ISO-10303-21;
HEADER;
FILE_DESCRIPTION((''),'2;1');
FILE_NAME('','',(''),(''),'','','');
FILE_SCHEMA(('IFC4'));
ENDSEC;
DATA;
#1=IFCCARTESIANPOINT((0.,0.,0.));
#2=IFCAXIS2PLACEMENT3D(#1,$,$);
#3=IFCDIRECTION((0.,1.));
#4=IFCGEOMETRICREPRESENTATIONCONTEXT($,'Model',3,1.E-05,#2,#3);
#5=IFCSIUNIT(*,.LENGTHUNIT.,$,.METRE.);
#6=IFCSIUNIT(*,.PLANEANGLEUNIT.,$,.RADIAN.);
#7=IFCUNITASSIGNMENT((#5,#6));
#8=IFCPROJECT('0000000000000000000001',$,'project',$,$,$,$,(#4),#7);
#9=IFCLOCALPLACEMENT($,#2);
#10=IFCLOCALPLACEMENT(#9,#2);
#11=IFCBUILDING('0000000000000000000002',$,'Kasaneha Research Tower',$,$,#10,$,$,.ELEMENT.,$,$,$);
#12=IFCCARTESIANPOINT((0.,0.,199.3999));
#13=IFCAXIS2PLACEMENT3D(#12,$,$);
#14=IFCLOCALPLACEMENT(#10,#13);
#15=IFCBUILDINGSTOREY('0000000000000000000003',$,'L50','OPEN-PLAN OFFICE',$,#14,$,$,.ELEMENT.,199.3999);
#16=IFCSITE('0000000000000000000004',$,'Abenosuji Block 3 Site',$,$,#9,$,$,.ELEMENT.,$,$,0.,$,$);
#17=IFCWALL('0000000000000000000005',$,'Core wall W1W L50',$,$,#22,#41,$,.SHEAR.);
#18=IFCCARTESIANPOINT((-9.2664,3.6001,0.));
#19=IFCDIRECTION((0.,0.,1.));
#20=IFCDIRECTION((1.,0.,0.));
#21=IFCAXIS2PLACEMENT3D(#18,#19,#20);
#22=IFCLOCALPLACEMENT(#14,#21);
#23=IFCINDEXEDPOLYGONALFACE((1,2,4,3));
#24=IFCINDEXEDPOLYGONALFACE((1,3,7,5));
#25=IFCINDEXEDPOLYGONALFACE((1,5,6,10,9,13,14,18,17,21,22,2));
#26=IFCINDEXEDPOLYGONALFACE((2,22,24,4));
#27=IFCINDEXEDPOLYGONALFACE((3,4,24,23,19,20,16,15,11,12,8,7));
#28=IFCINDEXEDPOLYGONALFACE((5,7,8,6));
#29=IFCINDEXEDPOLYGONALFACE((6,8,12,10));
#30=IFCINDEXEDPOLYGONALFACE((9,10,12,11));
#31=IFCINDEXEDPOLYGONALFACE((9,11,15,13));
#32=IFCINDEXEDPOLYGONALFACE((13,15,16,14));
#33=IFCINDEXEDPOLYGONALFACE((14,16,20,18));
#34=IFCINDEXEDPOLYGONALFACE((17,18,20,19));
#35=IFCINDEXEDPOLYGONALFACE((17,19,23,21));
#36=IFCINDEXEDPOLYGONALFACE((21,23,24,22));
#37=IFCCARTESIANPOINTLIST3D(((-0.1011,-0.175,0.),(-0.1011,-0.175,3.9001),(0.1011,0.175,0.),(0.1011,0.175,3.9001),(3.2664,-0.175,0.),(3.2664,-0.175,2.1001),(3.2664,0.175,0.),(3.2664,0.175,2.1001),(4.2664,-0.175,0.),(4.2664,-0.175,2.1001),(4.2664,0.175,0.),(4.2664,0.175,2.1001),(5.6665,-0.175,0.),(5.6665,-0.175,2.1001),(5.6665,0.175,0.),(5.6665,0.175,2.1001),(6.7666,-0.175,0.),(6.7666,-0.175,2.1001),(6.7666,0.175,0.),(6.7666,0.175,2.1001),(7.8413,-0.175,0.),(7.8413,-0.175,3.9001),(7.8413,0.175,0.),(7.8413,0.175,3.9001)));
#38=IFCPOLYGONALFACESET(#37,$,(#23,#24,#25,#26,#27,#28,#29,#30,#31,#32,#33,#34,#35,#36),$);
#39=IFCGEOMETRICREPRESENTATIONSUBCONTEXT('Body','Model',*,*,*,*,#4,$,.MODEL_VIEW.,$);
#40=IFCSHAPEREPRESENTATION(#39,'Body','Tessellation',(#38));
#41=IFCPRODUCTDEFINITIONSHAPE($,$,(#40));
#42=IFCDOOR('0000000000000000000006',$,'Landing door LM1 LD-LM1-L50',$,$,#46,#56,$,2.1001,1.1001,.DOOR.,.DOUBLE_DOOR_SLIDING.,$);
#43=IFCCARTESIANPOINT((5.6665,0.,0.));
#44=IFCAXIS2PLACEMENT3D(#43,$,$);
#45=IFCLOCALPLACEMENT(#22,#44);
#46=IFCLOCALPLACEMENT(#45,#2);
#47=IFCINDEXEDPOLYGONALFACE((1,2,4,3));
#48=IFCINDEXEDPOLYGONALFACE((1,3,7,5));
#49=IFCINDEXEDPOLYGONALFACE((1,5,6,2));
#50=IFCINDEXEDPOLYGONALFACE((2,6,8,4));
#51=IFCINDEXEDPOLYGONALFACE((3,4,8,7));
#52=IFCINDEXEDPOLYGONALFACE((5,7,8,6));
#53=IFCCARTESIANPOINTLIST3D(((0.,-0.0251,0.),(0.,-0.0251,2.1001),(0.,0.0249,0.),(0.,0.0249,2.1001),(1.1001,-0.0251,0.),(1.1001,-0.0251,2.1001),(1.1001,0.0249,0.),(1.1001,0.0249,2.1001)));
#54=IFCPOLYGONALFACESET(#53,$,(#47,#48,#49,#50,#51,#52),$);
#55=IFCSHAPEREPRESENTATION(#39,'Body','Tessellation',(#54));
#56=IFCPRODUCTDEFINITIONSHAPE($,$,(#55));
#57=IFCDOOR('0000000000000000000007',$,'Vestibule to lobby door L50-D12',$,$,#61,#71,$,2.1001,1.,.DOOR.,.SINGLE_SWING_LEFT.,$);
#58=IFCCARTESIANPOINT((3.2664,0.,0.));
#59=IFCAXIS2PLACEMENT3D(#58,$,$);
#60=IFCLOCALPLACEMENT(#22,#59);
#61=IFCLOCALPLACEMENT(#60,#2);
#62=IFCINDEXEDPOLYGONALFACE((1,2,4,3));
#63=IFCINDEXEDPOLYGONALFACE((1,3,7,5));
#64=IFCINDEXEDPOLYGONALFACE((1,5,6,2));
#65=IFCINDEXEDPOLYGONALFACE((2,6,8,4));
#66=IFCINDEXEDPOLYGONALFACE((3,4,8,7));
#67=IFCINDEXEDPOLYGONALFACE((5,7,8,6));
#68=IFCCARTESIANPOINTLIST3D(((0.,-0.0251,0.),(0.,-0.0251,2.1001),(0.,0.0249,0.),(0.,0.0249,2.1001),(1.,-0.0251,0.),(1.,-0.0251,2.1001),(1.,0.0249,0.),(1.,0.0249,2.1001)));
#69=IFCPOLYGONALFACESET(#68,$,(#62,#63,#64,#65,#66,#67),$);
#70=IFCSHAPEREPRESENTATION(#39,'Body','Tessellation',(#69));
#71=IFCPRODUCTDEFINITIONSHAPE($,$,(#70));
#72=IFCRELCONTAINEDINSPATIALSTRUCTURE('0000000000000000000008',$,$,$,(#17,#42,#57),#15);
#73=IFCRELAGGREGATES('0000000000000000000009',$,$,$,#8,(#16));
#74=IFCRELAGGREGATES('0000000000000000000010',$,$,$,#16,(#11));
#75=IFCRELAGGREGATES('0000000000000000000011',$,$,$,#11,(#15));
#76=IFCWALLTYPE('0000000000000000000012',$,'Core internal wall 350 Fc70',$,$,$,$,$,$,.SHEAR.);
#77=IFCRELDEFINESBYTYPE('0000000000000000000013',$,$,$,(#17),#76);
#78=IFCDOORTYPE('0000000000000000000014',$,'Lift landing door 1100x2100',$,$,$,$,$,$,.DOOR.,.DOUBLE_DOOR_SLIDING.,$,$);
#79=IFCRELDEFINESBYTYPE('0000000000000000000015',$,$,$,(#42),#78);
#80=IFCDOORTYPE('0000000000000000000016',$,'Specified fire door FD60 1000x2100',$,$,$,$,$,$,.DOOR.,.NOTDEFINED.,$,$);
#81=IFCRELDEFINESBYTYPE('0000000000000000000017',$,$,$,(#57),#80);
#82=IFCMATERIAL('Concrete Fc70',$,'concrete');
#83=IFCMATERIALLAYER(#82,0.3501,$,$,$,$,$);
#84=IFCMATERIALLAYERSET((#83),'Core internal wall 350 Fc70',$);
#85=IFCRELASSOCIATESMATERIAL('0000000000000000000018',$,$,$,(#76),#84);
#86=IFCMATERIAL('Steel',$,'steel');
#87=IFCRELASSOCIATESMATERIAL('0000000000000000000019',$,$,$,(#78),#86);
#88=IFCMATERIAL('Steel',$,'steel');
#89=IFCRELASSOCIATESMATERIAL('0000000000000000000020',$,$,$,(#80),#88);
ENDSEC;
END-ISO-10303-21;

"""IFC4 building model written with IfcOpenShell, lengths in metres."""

from ifc_helpers import new_model, si_unit, direction, frame, frame_2d, origin, place, context, subcontext, project, spatial, polyline, rectangle, outline, extrude, material, layer, layer_set, type_object, element, fill, save


model = new_model("IFC4")

# Units and contexts
model_context = context("Model", 3, precision=1e-05, world=origin(), true_north=direction((0.0, 1.0)))
body_context = subcontext(model_context, "Body", "Model", "MODEL_VIEW")
ifc_project = project(units=[si_unit("LENGTHUNIT", "METRE"), si_unit("PLANEANGLEUNIT", "RADIAN")], contexts=[model_context])

# Site, building, storey
site_placement = place(None, origin())
site = spatial("IfcSite", under=ifc_project, at=site_placement, Name="Abenosuji Block 3 Site", CompositionType="ELEMENT", RefElevation=0.0)
building_placement = place(site_placement, origin())
building = spatial("IfcBuilding", under=site, at=building_placement, Name="Kasaneha Research Tower", CompositionType="ELEMENT")
storey_placement = place(building_placement, frame((0.0, 0.0, 199.3999)))
storey = spatial("IfcBuildingStorey", under=building, at=storey_placement, Name="L50", Description="OPEN-PLAN OFFICE", CompositionType="ELEMENT", Elevation=199.3999)

# Wall, openings, doors
ifc_material_1 = material(Name="Concrete Fc70", Category="concrete")
ifc_layer_1 = layer(ifc_material_1, 0.3501)
ifc_layer_set_1 = layer_set([ifc_layer_1], Name="Core internal wall 350 Fc70")
wall_type = type_object("IfcWallType", Name="Core internal wall 350 Fc70", PredefinedType="SHEAR", material=ifc_layer_set_1)
wall_1_placement = place(storey_placement, frame((-9.2664, 3.6001, 0.0), z_axis=(0.0, 0.0, 1.0), x_axis=(1.0, 0.0, 0.0)))
wall_1 = element("IfcWall", 1, at=wall_1_placement, inside=storey, type_object=wall_type, Name="Core wall W1W L50", PredefinedType="SHEAR", context=body_context, shape_type="SweptSolid", body=[
    extrude(outline(polyline([(-0.1011, -0.175), (3.2664, -0.175), (4.2664, -0.175), (5.6665, -0.175), (6.7666, -0.175), (7.8413, -0.175), (7.8413, 0.175), (6.7666, 0.175), (5.6665, 0.175), (4.2664, 0.175), (3.2664, 0.175), (0.1011, 0.175), (-0.1011, -0.175)])), origin(), (0.0, 0.0, 1.0), 3.9001),
])
opening_1_placement = place(wall_1_placement, frame((3.2664, 0.0, 0.0)))
opening_1 = element("IfcOpeningElement", 2, at=opening_1_placement, cuts=wall_1, PredefinedType="OPENING", context=body_context, shape_type="SweptSolid", body=[
    extrude(rectangle(XDim=1.0, YDim=2.1001, at=frame_2d((0.5, 1.05))), frame((0.0, 0.1851, 0.0), z_axis=(0.0, -1.0, 0.0), x_axis=(1.0, 0.0, 0.0)), (0.0, 0.0, 1.0), 0.3701),
])
opening_2_placement = place(wall_1_placement, frame((5.6665, 0.0, 0.0)))
opening_2 = element("IfcOpeningElement", 3, at=opening_2_placement, cuts=wall_1, PredefinedType="OPENING", context=body_context, shape_type="SweptSolid", body=[
    extrude(rectangle(XDim=1.1001, YDim=2.1001, at=frame_2d((0.55, 1.05))), frame((0.0, 0.1851, 0.0), z_axis=(0.0, -1.0, 0.0), x_axis=(1.0, 0.0, 0.0)), (0.0, 0.0, 1.0), 0.3701),
])
ifc_material_2 = material(Name="Steel", Category="steel")
door_type_1 = type_object("IfcDoorType", Name="Lift landing door 1100x2100", OperationType="DOUBLE_DOOR_SLIDING", PredefinedType="DOOR", material=ifc_material_2)
door_1_placement = place(opening_2_placement, origin())
door_1 = element("IfcDoor", 4, at=door_1_placement, inside=storey, type_object=door_type_1, Name="Landing door LM1 LD-LM1-L50", OperationType="DOUBLE_DOOR_SLIDING", OverallHeight=2.1001, OverallWidth=1.1001, PredefinedType="DOOR", context=body_context, shape_type="SweptSolid", body=[
    extrude(rectangle(XDim=1.1001, YDim=2.1001, at=frame_2d((0.55, 1.05))), frame((0.0, 0.0249, 0.0), z_axis=(0.0, -1.0, 0.0), x_axis=(1.0, 0.0, 0.0)), (0.0, 0.0, 1.0), 0.05),
])
fill(opening_2, door_1)
ifc_material_3 = material(Name="Steel", Category="steel")
door_type_2 = type_object("IfcDoorType", Name="Specified fire door FD60 1000x2100", OperationType="NOTDEFINED", PredefinedType="DOOR", material=ifc_material_3)
door_2_placement = place(opening_1_placement, origin())
door_2 = element("IfcDoor", 5, at=door_2_placement, inside=storey, type_object=door_type_2, Name="Vestibule to lobby door L50-D12", OperationType="SINGLE_SWING_LEFT", OverallHeight=2.1001, OverallWidth=1.0, PredefinedType="DOOR", context=body_context, shape_type="SweptSolid", body=[
    extrude(rectangle(XDim=1.0, YDim=2.1001, at=frame_2d((0.5, 1.05))), frame((0.0, 0.0249, 0.0), z_axis=(0.0, -1.0, 0.0), x_axis=(1.0, 0.0, 0.0)), (0.0, 0.0, 1.0), 0.05),
])
fill(opening_1, door_2)

save(model, "model.ifc")
